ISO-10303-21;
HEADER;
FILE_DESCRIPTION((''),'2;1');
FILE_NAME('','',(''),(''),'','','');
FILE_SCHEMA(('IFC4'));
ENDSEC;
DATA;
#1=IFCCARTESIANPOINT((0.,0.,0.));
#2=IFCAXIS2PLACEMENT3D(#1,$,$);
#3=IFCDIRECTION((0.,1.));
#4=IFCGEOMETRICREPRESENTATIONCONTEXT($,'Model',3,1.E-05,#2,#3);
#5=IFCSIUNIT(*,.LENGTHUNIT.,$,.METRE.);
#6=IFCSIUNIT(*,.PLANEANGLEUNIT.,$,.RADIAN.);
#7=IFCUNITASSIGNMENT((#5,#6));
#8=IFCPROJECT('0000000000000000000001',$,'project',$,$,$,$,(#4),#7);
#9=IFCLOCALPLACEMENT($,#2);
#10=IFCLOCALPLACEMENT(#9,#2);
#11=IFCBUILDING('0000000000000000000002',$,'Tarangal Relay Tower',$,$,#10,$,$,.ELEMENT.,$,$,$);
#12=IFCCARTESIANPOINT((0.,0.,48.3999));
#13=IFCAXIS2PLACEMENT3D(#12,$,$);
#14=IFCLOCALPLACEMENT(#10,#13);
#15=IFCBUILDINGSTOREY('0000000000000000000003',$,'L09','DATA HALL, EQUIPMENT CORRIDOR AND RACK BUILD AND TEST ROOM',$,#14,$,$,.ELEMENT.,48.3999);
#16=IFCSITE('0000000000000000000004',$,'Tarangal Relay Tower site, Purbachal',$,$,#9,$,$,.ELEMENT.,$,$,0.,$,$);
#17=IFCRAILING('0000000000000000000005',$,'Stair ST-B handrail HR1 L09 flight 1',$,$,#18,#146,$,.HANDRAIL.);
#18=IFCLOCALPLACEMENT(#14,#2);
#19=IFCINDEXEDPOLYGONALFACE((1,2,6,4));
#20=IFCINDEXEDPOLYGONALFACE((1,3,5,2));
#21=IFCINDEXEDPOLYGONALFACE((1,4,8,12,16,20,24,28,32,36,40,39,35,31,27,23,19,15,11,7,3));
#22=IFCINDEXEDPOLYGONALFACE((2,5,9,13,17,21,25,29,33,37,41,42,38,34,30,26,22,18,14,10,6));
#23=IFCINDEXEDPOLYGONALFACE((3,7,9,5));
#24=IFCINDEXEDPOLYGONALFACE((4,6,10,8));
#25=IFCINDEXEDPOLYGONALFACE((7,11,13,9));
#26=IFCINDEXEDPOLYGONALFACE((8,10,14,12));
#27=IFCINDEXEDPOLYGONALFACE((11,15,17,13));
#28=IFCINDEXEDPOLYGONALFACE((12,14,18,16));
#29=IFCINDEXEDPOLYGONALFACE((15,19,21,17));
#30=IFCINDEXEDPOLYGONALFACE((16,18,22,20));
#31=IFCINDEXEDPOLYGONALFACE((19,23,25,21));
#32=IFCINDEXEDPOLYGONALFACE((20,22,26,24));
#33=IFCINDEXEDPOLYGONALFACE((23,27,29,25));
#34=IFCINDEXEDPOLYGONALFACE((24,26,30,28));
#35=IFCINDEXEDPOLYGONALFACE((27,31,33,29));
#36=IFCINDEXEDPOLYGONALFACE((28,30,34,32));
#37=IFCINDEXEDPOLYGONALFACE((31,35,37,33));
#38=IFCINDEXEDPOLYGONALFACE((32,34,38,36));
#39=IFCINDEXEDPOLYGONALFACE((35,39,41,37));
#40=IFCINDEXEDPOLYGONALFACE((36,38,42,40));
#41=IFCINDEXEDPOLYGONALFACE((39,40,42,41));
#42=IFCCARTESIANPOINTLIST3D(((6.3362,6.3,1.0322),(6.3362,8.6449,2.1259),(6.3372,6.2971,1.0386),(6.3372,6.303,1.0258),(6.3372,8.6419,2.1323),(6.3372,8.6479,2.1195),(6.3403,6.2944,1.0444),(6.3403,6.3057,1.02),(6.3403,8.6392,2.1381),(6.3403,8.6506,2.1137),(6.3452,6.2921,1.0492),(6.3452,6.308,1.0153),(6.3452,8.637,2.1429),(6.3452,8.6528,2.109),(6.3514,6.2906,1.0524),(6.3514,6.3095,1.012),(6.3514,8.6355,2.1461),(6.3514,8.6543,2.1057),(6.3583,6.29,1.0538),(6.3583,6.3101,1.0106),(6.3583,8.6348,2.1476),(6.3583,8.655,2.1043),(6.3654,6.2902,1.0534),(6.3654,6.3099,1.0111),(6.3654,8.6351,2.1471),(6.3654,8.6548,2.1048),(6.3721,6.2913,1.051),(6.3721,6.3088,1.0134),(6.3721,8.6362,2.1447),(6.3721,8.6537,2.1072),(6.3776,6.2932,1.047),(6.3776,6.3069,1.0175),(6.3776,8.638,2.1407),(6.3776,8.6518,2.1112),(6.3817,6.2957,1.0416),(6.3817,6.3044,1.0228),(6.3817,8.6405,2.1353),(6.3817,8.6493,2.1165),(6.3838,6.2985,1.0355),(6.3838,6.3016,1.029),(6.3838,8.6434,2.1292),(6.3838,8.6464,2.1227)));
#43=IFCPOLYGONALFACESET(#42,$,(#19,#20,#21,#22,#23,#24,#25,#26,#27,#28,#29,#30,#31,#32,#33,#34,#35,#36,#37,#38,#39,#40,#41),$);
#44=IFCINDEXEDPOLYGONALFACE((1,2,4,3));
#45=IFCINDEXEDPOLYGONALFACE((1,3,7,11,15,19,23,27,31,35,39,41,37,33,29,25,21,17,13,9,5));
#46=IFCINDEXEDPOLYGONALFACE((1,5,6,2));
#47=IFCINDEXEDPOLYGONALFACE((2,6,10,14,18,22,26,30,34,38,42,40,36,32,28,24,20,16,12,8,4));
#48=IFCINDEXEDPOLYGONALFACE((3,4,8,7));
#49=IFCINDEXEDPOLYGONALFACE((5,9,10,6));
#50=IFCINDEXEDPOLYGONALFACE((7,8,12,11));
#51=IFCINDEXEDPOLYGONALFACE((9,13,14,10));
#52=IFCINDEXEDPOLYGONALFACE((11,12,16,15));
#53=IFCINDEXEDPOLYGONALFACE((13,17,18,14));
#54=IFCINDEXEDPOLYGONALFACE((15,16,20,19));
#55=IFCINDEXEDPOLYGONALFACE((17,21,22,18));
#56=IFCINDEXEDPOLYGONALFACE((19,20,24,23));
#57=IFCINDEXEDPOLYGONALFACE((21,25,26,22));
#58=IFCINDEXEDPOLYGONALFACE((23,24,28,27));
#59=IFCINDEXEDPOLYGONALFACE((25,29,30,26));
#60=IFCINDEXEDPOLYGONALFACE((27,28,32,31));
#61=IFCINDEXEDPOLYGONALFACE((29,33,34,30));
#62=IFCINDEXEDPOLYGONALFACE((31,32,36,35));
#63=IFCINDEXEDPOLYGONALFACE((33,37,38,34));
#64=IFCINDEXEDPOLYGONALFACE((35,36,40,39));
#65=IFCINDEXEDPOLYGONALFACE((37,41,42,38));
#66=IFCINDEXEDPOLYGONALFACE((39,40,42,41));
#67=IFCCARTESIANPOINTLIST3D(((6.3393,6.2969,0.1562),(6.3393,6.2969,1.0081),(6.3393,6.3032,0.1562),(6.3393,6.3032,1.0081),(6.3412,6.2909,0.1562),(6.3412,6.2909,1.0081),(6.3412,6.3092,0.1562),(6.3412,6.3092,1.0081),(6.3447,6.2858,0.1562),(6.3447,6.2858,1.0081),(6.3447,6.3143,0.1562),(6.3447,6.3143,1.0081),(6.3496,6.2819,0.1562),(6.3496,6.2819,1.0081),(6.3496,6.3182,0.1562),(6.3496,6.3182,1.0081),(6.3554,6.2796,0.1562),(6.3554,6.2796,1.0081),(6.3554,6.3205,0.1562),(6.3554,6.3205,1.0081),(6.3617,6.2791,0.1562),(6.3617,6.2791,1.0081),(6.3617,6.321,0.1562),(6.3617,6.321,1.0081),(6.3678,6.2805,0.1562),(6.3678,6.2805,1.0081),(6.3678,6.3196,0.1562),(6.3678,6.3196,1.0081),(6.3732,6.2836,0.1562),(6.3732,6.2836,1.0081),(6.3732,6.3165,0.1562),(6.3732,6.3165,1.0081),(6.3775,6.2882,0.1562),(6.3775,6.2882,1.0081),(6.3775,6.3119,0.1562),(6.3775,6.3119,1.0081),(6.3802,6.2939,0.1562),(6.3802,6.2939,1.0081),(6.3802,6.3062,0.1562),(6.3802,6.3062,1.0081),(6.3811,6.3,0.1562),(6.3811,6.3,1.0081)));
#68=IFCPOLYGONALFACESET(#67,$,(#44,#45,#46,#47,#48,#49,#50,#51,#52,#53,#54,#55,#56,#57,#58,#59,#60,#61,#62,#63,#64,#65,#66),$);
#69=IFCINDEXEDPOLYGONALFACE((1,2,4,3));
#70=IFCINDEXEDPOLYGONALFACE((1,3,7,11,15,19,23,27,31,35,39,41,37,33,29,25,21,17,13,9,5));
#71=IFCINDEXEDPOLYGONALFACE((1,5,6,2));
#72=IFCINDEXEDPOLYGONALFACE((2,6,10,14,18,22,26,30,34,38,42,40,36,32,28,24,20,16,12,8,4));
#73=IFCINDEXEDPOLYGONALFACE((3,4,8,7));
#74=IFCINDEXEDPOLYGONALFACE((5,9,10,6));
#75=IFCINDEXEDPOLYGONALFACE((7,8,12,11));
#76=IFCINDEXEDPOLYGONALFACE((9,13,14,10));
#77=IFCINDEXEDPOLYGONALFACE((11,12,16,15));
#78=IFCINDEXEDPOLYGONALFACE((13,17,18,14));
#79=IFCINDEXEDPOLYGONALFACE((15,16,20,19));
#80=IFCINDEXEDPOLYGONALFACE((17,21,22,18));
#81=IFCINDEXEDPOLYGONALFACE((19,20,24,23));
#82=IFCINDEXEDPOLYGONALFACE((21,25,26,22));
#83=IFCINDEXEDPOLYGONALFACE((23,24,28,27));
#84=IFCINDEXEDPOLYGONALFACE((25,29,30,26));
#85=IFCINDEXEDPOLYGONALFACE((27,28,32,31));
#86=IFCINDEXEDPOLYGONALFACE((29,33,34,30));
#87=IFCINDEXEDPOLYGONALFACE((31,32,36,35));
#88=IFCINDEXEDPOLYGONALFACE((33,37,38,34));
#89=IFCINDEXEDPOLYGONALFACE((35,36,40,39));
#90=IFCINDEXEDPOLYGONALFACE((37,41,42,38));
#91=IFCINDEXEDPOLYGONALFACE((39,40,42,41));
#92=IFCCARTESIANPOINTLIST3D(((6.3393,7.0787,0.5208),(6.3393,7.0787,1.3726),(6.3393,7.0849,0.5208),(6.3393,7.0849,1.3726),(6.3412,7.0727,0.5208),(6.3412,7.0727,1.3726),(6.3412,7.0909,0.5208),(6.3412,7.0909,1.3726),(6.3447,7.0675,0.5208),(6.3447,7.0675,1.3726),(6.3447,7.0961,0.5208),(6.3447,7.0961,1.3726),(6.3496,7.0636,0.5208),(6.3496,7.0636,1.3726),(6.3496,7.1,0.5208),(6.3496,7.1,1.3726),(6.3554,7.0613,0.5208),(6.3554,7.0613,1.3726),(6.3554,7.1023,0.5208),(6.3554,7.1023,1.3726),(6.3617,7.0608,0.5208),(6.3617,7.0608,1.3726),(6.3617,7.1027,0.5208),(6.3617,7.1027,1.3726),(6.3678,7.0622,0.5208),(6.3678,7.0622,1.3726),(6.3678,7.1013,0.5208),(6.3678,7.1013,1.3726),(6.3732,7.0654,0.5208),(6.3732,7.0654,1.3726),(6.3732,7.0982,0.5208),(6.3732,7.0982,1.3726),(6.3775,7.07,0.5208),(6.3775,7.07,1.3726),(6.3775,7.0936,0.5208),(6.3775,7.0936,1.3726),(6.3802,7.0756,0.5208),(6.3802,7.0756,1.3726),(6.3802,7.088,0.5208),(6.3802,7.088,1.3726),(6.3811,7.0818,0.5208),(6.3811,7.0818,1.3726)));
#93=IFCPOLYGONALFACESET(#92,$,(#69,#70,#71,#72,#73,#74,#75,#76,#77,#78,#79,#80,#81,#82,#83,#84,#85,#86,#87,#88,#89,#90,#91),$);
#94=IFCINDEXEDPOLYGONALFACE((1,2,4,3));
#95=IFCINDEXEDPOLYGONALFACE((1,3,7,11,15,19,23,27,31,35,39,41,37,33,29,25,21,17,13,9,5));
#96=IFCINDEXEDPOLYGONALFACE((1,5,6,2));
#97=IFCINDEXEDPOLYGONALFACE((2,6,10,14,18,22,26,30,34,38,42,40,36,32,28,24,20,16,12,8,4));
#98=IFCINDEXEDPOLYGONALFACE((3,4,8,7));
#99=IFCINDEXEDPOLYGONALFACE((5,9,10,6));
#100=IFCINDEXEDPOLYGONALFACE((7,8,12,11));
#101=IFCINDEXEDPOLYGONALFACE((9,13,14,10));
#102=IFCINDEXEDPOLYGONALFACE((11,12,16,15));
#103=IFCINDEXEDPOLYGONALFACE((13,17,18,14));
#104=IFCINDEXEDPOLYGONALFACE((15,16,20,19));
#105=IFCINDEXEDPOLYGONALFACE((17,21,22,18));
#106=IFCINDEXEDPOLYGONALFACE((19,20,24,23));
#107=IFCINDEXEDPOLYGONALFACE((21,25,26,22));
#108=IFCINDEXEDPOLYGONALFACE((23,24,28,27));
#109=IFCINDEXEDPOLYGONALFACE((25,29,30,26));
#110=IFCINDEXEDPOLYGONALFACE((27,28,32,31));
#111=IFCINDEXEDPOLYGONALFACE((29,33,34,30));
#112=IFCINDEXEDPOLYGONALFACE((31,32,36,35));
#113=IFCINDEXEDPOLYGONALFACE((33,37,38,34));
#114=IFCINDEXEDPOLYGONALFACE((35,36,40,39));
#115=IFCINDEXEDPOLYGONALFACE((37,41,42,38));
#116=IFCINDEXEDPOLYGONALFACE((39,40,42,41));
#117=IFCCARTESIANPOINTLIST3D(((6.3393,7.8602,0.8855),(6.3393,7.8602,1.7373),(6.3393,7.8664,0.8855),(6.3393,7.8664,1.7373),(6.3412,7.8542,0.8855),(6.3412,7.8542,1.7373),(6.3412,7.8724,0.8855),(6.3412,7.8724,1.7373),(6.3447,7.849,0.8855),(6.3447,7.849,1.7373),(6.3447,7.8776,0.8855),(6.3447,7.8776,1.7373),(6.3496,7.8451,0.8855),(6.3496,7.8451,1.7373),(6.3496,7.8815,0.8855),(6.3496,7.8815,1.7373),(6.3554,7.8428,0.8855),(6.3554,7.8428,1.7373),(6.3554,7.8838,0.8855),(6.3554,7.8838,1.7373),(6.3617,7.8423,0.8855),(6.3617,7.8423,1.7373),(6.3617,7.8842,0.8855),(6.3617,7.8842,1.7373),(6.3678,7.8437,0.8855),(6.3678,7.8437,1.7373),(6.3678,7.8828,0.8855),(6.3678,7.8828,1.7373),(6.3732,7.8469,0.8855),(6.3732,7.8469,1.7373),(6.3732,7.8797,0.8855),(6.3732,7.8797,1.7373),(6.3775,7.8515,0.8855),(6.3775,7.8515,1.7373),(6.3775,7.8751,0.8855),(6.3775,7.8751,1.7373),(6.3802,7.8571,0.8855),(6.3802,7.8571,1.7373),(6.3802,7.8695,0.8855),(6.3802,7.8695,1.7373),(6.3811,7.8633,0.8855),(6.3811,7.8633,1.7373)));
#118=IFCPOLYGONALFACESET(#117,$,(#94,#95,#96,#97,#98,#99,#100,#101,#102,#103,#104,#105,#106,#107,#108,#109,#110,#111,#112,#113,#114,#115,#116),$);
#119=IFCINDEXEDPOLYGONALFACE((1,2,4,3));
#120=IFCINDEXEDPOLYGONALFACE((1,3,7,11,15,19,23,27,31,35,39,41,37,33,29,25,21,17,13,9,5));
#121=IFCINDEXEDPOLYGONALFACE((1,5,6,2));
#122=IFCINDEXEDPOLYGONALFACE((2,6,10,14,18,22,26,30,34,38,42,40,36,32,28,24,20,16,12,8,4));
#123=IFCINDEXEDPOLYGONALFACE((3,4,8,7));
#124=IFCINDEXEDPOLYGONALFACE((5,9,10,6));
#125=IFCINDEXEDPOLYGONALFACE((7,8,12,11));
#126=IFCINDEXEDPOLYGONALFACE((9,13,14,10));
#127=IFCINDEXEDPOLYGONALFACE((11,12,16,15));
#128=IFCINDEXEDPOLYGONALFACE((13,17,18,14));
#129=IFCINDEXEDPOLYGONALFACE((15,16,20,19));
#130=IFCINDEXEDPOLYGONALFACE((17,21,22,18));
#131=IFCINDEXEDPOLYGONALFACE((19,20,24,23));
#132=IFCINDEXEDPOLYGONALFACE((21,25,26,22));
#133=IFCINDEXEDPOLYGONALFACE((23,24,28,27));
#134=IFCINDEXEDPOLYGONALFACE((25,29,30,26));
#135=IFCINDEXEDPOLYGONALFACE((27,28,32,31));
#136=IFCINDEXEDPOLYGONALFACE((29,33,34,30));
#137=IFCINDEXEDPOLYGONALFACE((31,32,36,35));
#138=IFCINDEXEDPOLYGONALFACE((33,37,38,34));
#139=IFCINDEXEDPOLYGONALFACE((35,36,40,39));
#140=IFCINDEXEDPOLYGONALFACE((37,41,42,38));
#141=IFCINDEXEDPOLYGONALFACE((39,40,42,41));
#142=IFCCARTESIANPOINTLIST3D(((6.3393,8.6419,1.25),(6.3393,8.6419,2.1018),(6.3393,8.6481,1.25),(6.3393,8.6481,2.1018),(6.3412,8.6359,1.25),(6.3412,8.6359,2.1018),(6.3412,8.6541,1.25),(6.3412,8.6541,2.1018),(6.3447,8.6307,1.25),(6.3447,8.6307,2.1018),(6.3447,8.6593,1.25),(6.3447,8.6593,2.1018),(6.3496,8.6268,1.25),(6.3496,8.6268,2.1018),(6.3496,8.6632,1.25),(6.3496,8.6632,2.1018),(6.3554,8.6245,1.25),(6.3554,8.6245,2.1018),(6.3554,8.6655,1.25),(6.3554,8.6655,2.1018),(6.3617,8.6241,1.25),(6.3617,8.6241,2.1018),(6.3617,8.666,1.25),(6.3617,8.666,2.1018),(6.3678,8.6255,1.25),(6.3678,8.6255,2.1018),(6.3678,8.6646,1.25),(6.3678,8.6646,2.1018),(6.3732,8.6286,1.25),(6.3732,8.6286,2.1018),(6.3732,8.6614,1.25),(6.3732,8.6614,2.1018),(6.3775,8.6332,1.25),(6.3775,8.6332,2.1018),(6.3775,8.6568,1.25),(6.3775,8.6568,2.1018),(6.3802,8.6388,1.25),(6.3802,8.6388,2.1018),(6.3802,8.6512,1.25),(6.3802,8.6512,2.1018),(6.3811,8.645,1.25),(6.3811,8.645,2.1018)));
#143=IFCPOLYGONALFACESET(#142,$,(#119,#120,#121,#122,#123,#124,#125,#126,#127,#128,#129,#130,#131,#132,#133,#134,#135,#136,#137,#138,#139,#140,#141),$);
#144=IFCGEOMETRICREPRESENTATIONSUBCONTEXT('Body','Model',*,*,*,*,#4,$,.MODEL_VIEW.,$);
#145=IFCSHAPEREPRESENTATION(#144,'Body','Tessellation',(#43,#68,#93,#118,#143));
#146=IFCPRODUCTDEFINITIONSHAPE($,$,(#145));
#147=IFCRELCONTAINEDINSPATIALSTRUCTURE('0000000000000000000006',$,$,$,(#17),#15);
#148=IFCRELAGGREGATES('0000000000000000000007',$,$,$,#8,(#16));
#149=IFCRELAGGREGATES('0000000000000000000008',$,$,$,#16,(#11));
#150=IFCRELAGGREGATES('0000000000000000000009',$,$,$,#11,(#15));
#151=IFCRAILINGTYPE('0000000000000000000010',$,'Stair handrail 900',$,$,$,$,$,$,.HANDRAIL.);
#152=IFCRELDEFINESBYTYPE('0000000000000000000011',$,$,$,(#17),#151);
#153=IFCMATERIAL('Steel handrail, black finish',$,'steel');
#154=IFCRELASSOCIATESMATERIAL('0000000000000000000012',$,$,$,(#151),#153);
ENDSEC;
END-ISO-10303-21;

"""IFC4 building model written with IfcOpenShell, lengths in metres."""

from ifc_helpers import new_model, si_unit, direction, frame, origin, origin_2d, place, context, subcontext, project, spatial, circle, extrude, material, type_object, element, save


model = new_model("IFC4")

# Units and contexts
model_context = context("Model", 3, precision=1e-05, world=origin(), true_north=direction((0.0, 1.0)))
body_context = subcontext(model_context, "Body", "Model", "MODEL_VIEW")
ifc_project = project(units=[si_unit("LENGTHUNIT", "METRE"), si_unit("PLANEANGLEUNIT", "RADIAN")], contexts=[model_context])

# Site, building, storey
site_placement = place(None, origin())
site = spatial("IfcSite", under=ifc_project, at=site_placement, Name="Tarangal Relay Tower site, Purbachal", CompositionType="ELEMENT", RefElevation=0.0)
building_placement = place(site_placement, origin())
building = spatial("IfcBuilding", under=site, at=building_placement, Name="Tarangal Relay Tower", CompositionType="ELEMENT")
storey_placement = place(building_placement, frame((0.0, 0.0, 48.3999)))
storey = spatial("IfcBuildingStorey", under=building, at=storey_placement, Name="L09", Description="DATA HALL, EQUIPMENT CORRIDOR AND RACK BUILD AND TEST ROOM", CompositionType="ELEMENT", Elevation=48.3999)

# Railing
ifc_material_1 = material(Name="Steel handrail, black finish", Category="steel")
railing_type_1 = type_object("IfcRailingType", Name="Stair handrail 900", PredefinedType="HANDRAIL", material=ifc_material_1)
for number, where, name in (
    (1, (6.3601, 6.3, 0.1562), "Stair ST-B handrail HR1 L09 flight 1"),
):
    element("IfcRailing", number, at=place(storey_placement, frame(where)), inside=storey, type_object=railing_type_1, Name=name, PredefinedType="HANDRAIL", context=body_context, shape_type="SweptSolid", body=[
        extrude(circle(Radius=0.0239, at=origin_2d()), frame((0.0, 0.0, 0.876), z_axis=(0.0, 0.906267, 0.422705), x_axis=(-1.0, 0.0, 0.0)), (0.0, 0.0, 1.0), 2.5874),
        extrude(circle(Radius=0.021, at=origin_2d()), origin(), (0.0, 0.0, 1.0), 0.8518),
        extrude(circle(Radius=0.021, at=origin_2d()), frame((0.0, 0.7817, 0.3645)), (0.0, 0.0, 1.0), 0.8518),
        extrude(circle(Radius=0.021, at=origin_2d()), frame((0.0, 1.5632, 0.7292)), (0.0, 0.0, 1.0), 0.8518),
        extrude(circle(Radius=0.021, at=origin_2d()), frame((0.0, 2.345, 1.0938)), (0.0, 0.0, 1.0), 0.8518),
    ])

save(model, "model.ifc")
